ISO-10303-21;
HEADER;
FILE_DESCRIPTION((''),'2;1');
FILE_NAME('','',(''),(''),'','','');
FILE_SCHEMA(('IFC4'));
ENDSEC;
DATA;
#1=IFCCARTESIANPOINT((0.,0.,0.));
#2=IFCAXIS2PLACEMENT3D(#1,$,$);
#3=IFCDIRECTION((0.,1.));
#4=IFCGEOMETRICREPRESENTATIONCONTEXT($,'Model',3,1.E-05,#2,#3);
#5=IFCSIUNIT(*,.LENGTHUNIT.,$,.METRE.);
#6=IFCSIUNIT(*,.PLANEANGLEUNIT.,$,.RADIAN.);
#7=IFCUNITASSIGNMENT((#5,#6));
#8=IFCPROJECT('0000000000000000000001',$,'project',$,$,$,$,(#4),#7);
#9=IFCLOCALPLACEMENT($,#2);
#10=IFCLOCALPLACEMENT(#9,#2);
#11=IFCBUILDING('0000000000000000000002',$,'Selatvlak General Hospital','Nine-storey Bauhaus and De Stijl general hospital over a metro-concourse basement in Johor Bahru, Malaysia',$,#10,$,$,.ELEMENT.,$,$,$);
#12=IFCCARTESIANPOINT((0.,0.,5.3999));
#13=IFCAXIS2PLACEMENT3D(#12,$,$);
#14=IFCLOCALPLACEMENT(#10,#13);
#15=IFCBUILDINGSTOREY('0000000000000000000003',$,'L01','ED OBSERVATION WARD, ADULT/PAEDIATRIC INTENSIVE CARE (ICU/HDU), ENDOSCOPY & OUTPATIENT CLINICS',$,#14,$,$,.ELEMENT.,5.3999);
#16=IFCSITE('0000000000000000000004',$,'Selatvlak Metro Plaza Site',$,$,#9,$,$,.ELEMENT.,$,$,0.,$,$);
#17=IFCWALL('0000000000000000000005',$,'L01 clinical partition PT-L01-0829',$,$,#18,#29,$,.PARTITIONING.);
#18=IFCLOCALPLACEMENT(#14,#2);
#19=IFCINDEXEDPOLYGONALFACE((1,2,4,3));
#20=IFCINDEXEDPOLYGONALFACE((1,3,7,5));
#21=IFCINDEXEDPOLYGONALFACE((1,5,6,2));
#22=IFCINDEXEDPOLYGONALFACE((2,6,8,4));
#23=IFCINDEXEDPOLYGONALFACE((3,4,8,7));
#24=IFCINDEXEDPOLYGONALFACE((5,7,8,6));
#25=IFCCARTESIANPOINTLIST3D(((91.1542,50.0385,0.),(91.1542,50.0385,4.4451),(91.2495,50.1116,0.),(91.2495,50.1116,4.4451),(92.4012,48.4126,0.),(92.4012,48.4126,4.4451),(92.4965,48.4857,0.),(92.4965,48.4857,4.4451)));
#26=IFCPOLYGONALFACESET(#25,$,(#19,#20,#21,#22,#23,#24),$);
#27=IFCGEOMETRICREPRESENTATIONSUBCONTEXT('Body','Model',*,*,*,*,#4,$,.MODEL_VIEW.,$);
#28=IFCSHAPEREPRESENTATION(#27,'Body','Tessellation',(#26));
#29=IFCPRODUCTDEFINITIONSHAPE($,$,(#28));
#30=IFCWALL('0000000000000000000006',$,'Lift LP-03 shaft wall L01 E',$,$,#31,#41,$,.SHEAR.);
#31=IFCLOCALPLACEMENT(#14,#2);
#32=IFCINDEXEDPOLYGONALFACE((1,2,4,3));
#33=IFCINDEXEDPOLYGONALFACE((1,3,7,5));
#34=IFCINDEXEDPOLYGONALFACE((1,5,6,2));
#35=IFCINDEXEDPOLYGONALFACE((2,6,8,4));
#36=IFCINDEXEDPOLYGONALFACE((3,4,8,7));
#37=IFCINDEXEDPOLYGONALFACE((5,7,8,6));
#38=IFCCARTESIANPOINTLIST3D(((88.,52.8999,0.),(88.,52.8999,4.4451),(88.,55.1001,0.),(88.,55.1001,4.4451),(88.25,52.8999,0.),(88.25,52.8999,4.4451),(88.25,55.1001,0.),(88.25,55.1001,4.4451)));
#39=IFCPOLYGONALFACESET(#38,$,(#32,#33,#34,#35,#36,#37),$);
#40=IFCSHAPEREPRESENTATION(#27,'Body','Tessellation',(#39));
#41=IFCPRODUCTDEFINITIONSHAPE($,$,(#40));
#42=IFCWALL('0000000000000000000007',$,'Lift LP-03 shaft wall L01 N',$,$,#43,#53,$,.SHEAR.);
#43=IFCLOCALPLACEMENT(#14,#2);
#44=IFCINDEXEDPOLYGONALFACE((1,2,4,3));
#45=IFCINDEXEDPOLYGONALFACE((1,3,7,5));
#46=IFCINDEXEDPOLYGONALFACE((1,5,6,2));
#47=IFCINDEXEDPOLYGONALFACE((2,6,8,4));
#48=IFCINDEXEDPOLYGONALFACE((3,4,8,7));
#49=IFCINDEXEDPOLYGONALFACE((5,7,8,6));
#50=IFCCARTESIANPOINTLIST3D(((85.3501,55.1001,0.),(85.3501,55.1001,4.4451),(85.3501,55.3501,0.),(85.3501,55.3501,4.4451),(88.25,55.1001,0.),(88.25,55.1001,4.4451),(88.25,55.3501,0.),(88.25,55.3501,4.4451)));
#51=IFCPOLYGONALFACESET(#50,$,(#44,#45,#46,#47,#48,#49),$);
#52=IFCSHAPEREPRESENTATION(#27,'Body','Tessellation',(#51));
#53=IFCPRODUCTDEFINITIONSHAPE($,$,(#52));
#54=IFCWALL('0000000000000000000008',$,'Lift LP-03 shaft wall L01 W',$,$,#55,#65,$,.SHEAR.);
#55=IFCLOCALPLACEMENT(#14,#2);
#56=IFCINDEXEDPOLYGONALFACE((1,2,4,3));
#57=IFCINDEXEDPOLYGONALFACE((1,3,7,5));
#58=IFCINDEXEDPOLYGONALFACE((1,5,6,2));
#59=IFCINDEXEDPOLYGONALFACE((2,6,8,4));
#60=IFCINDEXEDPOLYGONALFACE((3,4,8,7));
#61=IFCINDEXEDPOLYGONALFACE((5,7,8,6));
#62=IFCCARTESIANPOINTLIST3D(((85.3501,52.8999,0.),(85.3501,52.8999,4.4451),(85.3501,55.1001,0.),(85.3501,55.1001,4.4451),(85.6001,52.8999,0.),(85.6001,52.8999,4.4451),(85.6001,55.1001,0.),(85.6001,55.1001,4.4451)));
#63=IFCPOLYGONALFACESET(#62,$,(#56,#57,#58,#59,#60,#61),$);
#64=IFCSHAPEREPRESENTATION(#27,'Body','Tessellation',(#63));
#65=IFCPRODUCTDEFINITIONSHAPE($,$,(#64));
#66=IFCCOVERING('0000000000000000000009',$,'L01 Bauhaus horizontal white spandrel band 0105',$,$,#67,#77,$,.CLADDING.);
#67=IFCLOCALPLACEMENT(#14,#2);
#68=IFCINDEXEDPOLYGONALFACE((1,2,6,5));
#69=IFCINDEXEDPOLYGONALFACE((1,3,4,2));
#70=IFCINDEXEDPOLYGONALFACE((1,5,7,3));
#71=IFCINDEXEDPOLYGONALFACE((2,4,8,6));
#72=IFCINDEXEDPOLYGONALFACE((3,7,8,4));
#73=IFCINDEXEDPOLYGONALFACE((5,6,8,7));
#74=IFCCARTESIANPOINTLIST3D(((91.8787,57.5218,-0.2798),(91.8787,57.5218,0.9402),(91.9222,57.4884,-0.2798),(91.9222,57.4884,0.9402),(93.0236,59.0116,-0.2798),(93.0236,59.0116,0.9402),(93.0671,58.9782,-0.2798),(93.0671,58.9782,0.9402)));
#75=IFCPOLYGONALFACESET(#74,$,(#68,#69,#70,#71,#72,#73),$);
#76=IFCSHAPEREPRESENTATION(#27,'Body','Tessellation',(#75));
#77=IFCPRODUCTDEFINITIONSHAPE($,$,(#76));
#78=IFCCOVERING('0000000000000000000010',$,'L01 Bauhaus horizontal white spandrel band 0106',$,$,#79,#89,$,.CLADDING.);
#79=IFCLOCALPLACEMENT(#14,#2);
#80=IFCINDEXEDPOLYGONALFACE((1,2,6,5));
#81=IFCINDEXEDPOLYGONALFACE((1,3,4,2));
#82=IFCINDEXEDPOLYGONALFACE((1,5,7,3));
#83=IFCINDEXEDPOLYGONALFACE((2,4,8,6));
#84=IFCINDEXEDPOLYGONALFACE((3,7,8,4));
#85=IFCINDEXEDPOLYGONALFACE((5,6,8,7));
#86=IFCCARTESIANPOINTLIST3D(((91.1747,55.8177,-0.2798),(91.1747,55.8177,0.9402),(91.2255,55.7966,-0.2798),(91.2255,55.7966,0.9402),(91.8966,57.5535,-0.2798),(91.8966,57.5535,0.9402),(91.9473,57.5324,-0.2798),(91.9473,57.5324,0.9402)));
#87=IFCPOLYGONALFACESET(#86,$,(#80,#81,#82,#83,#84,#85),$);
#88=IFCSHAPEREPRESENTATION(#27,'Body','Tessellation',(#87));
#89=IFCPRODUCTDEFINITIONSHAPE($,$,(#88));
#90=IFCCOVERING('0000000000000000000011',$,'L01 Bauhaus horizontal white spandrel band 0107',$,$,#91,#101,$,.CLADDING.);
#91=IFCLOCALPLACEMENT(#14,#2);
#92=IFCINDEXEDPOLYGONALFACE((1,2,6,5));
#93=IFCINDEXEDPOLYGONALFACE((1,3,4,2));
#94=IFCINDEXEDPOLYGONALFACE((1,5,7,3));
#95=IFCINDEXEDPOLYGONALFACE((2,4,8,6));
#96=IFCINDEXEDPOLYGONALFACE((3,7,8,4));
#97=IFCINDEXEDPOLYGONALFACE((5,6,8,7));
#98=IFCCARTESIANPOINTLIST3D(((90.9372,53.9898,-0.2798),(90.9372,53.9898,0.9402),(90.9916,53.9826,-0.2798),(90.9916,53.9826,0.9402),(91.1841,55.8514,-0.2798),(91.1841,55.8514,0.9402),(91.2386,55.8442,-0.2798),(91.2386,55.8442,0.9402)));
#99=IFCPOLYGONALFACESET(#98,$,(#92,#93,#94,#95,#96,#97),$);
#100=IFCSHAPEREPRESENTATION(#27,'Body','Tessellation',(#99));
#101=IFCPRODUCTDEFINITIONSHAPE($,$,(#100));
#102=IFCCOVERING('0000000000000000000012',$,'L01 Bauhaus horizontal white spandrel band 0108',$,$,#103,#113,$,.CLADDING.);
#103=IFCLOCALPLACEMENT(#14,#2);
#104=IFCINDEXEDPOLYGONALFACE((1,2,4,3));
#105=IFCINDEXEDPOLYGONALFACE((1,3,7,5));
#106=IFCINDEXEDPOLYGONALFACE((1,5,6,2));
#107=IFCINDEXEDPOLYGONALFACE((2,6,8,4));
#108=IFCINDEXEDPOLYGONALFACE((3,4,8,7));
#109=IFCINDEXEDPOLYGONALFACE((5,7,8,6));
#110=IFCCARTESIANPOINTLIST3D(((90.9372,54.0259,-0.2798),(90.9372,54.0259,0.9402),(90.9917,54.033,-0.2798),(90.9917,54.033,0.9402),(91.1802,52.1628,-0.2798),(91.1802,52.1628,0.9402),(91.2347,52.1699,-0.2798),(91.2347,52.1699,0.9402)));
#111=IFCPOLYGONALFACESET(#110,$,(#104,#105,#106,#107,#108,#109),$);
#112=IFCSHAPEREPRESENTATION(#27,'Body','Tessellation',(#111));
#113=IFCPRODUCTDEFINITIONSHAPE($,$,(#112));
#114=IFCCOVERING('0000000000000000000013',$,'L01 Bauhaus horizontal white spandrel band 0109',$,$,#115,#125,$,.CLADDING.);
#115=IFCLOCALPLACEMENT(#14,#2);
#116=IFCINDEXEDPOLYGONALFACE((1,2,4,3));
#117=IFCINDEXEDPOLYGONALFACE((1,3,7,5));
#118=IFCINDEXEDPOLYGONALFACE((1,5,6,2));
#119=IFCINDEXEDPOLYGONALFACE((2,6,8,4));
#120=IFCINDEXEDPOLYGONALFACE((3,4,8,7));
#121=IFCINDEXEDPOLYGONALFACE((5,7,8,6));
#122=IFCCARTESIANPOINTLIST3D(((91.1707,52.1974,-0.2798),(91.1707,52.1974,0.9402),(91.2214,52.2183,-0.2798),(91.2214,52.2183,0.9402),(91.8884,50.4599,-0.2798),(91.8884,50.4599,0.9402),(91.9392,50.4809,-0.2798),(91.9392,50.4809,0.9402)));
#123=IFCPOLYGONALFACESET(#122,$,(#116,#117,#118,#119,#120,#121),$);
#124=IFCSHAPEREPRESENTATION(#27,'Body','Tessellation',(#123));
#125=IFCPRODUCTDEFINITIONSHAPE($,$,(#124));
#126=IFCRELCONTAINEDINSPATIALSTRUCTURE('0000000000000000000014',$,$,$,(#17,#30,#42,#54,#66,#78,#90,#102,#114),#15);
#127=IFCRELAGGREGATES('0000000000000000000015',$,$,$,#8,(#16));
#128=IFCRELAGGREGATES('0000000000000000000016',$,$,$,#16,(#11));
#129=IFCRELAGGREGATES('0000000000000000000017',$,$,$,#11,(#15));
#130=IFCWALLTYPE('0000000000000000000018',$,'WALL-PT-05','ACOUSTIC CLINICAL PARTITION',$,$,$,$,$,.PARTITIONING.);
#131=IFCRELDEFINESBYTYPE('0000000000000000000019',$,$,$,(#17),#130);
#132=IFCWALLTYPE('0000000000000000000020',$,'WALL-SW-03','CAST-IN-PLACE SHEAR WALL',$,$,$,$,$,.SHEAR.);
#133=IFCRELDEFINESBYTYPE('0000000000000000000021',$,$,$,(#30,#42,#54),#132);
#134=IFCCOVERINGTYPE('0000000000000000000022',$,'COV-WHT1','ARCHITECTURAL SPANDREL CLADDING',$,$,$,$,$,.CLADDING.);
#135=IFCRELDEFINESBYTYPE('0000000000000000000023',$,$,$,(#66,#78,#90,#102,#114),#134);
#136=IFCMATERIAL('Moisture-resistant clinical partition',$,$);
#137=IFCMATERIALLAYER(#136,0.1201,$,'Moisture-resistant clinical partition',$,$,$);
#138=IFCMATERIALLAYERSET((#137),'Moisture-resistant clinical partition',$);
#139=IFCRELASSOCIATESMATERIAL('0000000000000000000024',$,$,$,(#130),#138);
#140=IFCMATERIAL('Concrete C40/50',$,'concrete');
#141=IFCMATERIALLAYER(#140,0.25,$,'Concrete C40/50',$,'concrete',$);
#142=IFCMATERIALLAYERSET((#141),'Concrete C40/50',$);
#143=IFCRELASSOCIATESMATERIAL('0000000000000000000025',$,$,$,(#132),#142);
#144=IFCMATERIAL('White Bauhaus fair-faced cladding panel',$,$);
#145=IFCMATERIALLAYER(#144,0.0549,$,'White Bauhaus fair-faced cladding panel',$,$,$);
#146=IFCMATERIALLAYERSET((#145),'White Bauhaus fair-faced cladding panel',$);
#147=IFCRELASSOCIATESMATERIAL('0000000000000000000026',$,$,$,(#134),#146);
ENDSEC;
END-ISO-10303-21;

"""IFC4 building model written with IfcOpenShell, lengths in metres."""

from ifc_helpers import new_model, si_unit, direction, frame, frame_2d, origin, origin_2d, place, context, subcontext, project, spatial, rectangle, extrude, material, layer, layer_set, type_object, element, save


model = new_model("IFC4")

# Units and contexts
model_context = context("Model", 3, precision=1e-05, world=origin(), true_north=direction((0.0, 1.0)))
body_context = subcontext(model_context, "Body", "Model", "MODEL_VIEW")
ifc_project = project(units=[si_unit("LENGTHUNIT", "METRE"), si_unit("PLANEANGLEUNIT", "RADIAN")], contexts=[model_context])

# Site, building, storey
site_placement = place(None, origin())
site = spatial("IfcSite", under=ifc_project, at=site_placement, Name="Selatvlak Metro Plaza Site", CompositionType="ELEMENT", RefElevation=0.0)
building_placement = place(site_placement, origin())
building = spatial("IfcBuilding", under=site, at=building_placement, Name="Selatvlak General Hospital", Description="Nine-storey Bauhaus and De Stijl general hospital over a metro-concourse basement in Johor Bahru, Malaysia", CompositionType="ELEMENT")
storey_placement = place(building_placement, frame((0.0, 0.0, 5.3999)))
storey = spatial("IfcBuildingStorey", under=building, at=storey_placement, Name="L01", Description="ED OBSERVATION WARD, ADULT/PAEDIATRIC INTENSIVE CARE (ICU/HDU), ENDOSCOPY & OUTPATIENT CLINICS", CompositionType="ELEMENT", Elevation=5.3999)

# Wall
ifc_material_1 = material(Name="Moisture-resistant clinical partition")
ifc_layer_1 = layer(ifc_material_1, 0.1201, Name="Moisture-resistant clinical partition")
ifc_layer_set_1 = layer_set([ifc_layer_1], Name="Moisture-resistant clinical partition")
wall_type_1 = type_object("IfcWallType", Name="WALL-PT-05", Description="ACOUSTIC CLINICAL PARTITION", PredefinedType="PARTITIONING", material=ifc_layer_set_1)
wall_1_placement = place(storey_placement, frame((91.2019, 50.075, 0.0), z_axis=(0.0, 0.0, 1.0), x_axis=(0.608582, -0.793491, 0.0)))
element("IfcWall", 1, at=wall_1_placement, inside=storey, type_object=wall_type_1, Name="L01 clinical partition PT-L01-0829", PredefinedType="PARTITIONING", context=body_context, shape_type="SweptSolid", body=[
    extrude(rectangle(XDim=2.0491, YDim=0.1201, at=frame_2d((1.0244, 0.0))), origin(), (0.0, 0.0, 1.0), 4.4451),
])

# Shared definitions
ifc_material_2 = material(Name="Concrete C40/50", Category="concrete")
ifc_layer_2 = layer(ifc_material_2, 0.25, Name="Concrete C40/50", Category="concrete")
ifc_layer_set_2 = layer_set([ifc_layer_2], Name="Concrete C40/50")
wall_type_2 = type_object("IfcWallType", Name="WALL-SW-03", Description="CAST-IN-PLACE SHEAR WALL", PredefinedType="SHEAR", material=ifc_layer_set_2)

# Walls
wall_2_placement = place(storey_placement, frame((88.125, 52.8999, 0.0), z_axis=(0.0, 0.0, 1.0), x_axis=(0.0, 1.0, 0.0)))
element("IfcWall", 2, at=wall_2_placement, inside=storey, type_object=wall_type_2, Name="Lift LP-03 shaft wall L01 E", PredefinedType="SHEAR", context=body_context, shape_type="SweptSolid", body=[
    extrude(rectangle(XDim=2.2002, YDim=0.25, at=frame_2d((1.1001, 0.0))), origin(), (0.0, 0.0, 1.0), 4.4451),
])
wall_3_placement = place(storey_placement, frame((88.25, 55.2251, 0.0), z_axis=(0.0, 0.0, 1.0), x_axis=(-1.0, 0.0, 0.0)))
element("IfcWall", 3, at=wall_3_placement, inside=storey, type_object=wall_type_2, Name="Lift LP-03 shaft wall L01 N", PredefinedType="SHEAR", context=body_context, shape_type="SweptSolid", body=[
    extrude(rectangle(XDim=2.8999, YDim=0.25, at=frame_2d((1.45, 0.0))), origin(), (0.0, 0.0, 1.0), 4.4451),
])
wall_4_placement = place(storey_placement, frame((85.4751, 55.1001, 0.0), z_axis=(0.0, 0.0, 1.0), x_axis=(0.0, -1.0, 0.0)))
element("IfcWall", 4, at=wall_4_placement, inside=storey, type_object=wall_type_2, Name="Lift LP-03 shaft wall L01 W", PredefinedType="SHEAR", context=body_context, shape_type="SweptSolid", body=[
    extrude(rectangle(XDim=2.2002, YDim=0.25, at=frame_2d((1.1001, 0.0))), origin(), (0.0, 0.0, 1.0), 4.4451),
])

# Coverings
ifc_material_3 = material(Name="White Bauhaus fair-faced cladding panel")
ifc_layer_3 = layer(ifc_material_3, 0.0549, Name="White Bauhaus fair-faced cladding panel")
ifc_layer_set_3 = layer_set([ifc_layer_3], Name="White Bauhaus fair-faced cladding panel")
covering_type = type_object("IfcCoveringType", Name="COV-WHT1", Description="ARCHITECTURAL SPANDREL CLADDING", PredefinedType="CLADDING", material=ifc_layer_set_3)
covering_1_placement = place(storey_placement, frame((92.4729, 58.25, -0.2798), z_axis=(0.0, 0.0, 1.0), x_axis=(-0.609329, -0.792918, 0.0)))
element("IfcCovering", 5, at=covering_1_placement, inside=storey, type_object=covering_type, Name="L01 Bauhaus horizontal white spandrel band 0105", PredefinedType="CLADDING", context=body_context, shape_type="SweptSolid", body=[
    extrude(rectangle(XDim=1.8789, YDim=0.0549, at=origin_2d()), origin(), (0.0, 0.0, 1.0), 1.22),
])
covering_2_placement = place(storey_placement, frame((91.561, 56.675, -0.2798), z_axis=(0.0, 0.0, 1.0), x_axis=(-0.384005, -0.923331, 0.0)))
element("IfcCovering", 6, at=covering_2_placement, inside=storey, type_object=covering_type, Name="L01 Bauhaus horizontal white spandrel band 0106", PredefinedType="CLADDING", context=body_context, shape_type="SweptSolid", body=[
    extrude(rectangle(XDim=1.8799, YDim=0.0549, at=origin_2d()), origin(), (0.0, 0.0, 1.0), 1.22),
])
covering_3_placement = place(storey_placement, frame((91.0879, 54.917, -0.2798), z_axis=(0.0, 0.0, 1.0), x_axis=(-0.131495, -0.991317, 0.0)))
element("IfcCovering", 7, at=covering_3_placement, inside=storey, type_object=covering_type, Name="L01 Bauhaus horizontal white spandrel band 0107", PredefinedType="CLADDING", context=body_context, shape_type="SweptSolid", body=[
    extrude(rectangle(XDim=1.8779, YDim=0.0549, at=origin_2d()), origin(), (0.0, 0.0, 1.0), 1.22),
])
covering_4_placement = place(storey_placement, frame((91.0859, 53.0979, -0.2798), z_axis=(0.0, 0.0, 1.0), x_axis=(0.129332, -0.991601, 0.0)))
element("IfcCovering", 8, at=covering_4_placement, inside=storey, type_object=covering_type, Name="L01 Bauhaus horizontal white spandrel band 0108", PredefinedType="CLADDING", context=body_context, shape_type="SweptSolid", body=[
    extrude(rectangle(XDim=1.8789, YDim=0.0549, at=origin_2d()), origin(), (0.0, 0.0, 1.0), 1.22),
])
covering_5_placement = place(storey_placement, frame((91.5549, 51.3391, -0.2798), z_axis=(0.0, 0.0, 1.0), x_axis=(0.381813, -0.92424, 0.0)))
element("IfcCovering", 9, at=covering_5_placement, inside=storey, type_object=covering_type, Name="L01 Bauhaus horizontal white spandrel band 0109", PredefinedType="CLADDING", context=body_context, shape_type="SweptSolid", body=[
    extrude(rectangle(XDim=1.8799, YDim=0.0549, at=origin_2d()), origin(), (0.0, 0.0, 1.0), 1.22),
])

save(model, "model.ifc")
